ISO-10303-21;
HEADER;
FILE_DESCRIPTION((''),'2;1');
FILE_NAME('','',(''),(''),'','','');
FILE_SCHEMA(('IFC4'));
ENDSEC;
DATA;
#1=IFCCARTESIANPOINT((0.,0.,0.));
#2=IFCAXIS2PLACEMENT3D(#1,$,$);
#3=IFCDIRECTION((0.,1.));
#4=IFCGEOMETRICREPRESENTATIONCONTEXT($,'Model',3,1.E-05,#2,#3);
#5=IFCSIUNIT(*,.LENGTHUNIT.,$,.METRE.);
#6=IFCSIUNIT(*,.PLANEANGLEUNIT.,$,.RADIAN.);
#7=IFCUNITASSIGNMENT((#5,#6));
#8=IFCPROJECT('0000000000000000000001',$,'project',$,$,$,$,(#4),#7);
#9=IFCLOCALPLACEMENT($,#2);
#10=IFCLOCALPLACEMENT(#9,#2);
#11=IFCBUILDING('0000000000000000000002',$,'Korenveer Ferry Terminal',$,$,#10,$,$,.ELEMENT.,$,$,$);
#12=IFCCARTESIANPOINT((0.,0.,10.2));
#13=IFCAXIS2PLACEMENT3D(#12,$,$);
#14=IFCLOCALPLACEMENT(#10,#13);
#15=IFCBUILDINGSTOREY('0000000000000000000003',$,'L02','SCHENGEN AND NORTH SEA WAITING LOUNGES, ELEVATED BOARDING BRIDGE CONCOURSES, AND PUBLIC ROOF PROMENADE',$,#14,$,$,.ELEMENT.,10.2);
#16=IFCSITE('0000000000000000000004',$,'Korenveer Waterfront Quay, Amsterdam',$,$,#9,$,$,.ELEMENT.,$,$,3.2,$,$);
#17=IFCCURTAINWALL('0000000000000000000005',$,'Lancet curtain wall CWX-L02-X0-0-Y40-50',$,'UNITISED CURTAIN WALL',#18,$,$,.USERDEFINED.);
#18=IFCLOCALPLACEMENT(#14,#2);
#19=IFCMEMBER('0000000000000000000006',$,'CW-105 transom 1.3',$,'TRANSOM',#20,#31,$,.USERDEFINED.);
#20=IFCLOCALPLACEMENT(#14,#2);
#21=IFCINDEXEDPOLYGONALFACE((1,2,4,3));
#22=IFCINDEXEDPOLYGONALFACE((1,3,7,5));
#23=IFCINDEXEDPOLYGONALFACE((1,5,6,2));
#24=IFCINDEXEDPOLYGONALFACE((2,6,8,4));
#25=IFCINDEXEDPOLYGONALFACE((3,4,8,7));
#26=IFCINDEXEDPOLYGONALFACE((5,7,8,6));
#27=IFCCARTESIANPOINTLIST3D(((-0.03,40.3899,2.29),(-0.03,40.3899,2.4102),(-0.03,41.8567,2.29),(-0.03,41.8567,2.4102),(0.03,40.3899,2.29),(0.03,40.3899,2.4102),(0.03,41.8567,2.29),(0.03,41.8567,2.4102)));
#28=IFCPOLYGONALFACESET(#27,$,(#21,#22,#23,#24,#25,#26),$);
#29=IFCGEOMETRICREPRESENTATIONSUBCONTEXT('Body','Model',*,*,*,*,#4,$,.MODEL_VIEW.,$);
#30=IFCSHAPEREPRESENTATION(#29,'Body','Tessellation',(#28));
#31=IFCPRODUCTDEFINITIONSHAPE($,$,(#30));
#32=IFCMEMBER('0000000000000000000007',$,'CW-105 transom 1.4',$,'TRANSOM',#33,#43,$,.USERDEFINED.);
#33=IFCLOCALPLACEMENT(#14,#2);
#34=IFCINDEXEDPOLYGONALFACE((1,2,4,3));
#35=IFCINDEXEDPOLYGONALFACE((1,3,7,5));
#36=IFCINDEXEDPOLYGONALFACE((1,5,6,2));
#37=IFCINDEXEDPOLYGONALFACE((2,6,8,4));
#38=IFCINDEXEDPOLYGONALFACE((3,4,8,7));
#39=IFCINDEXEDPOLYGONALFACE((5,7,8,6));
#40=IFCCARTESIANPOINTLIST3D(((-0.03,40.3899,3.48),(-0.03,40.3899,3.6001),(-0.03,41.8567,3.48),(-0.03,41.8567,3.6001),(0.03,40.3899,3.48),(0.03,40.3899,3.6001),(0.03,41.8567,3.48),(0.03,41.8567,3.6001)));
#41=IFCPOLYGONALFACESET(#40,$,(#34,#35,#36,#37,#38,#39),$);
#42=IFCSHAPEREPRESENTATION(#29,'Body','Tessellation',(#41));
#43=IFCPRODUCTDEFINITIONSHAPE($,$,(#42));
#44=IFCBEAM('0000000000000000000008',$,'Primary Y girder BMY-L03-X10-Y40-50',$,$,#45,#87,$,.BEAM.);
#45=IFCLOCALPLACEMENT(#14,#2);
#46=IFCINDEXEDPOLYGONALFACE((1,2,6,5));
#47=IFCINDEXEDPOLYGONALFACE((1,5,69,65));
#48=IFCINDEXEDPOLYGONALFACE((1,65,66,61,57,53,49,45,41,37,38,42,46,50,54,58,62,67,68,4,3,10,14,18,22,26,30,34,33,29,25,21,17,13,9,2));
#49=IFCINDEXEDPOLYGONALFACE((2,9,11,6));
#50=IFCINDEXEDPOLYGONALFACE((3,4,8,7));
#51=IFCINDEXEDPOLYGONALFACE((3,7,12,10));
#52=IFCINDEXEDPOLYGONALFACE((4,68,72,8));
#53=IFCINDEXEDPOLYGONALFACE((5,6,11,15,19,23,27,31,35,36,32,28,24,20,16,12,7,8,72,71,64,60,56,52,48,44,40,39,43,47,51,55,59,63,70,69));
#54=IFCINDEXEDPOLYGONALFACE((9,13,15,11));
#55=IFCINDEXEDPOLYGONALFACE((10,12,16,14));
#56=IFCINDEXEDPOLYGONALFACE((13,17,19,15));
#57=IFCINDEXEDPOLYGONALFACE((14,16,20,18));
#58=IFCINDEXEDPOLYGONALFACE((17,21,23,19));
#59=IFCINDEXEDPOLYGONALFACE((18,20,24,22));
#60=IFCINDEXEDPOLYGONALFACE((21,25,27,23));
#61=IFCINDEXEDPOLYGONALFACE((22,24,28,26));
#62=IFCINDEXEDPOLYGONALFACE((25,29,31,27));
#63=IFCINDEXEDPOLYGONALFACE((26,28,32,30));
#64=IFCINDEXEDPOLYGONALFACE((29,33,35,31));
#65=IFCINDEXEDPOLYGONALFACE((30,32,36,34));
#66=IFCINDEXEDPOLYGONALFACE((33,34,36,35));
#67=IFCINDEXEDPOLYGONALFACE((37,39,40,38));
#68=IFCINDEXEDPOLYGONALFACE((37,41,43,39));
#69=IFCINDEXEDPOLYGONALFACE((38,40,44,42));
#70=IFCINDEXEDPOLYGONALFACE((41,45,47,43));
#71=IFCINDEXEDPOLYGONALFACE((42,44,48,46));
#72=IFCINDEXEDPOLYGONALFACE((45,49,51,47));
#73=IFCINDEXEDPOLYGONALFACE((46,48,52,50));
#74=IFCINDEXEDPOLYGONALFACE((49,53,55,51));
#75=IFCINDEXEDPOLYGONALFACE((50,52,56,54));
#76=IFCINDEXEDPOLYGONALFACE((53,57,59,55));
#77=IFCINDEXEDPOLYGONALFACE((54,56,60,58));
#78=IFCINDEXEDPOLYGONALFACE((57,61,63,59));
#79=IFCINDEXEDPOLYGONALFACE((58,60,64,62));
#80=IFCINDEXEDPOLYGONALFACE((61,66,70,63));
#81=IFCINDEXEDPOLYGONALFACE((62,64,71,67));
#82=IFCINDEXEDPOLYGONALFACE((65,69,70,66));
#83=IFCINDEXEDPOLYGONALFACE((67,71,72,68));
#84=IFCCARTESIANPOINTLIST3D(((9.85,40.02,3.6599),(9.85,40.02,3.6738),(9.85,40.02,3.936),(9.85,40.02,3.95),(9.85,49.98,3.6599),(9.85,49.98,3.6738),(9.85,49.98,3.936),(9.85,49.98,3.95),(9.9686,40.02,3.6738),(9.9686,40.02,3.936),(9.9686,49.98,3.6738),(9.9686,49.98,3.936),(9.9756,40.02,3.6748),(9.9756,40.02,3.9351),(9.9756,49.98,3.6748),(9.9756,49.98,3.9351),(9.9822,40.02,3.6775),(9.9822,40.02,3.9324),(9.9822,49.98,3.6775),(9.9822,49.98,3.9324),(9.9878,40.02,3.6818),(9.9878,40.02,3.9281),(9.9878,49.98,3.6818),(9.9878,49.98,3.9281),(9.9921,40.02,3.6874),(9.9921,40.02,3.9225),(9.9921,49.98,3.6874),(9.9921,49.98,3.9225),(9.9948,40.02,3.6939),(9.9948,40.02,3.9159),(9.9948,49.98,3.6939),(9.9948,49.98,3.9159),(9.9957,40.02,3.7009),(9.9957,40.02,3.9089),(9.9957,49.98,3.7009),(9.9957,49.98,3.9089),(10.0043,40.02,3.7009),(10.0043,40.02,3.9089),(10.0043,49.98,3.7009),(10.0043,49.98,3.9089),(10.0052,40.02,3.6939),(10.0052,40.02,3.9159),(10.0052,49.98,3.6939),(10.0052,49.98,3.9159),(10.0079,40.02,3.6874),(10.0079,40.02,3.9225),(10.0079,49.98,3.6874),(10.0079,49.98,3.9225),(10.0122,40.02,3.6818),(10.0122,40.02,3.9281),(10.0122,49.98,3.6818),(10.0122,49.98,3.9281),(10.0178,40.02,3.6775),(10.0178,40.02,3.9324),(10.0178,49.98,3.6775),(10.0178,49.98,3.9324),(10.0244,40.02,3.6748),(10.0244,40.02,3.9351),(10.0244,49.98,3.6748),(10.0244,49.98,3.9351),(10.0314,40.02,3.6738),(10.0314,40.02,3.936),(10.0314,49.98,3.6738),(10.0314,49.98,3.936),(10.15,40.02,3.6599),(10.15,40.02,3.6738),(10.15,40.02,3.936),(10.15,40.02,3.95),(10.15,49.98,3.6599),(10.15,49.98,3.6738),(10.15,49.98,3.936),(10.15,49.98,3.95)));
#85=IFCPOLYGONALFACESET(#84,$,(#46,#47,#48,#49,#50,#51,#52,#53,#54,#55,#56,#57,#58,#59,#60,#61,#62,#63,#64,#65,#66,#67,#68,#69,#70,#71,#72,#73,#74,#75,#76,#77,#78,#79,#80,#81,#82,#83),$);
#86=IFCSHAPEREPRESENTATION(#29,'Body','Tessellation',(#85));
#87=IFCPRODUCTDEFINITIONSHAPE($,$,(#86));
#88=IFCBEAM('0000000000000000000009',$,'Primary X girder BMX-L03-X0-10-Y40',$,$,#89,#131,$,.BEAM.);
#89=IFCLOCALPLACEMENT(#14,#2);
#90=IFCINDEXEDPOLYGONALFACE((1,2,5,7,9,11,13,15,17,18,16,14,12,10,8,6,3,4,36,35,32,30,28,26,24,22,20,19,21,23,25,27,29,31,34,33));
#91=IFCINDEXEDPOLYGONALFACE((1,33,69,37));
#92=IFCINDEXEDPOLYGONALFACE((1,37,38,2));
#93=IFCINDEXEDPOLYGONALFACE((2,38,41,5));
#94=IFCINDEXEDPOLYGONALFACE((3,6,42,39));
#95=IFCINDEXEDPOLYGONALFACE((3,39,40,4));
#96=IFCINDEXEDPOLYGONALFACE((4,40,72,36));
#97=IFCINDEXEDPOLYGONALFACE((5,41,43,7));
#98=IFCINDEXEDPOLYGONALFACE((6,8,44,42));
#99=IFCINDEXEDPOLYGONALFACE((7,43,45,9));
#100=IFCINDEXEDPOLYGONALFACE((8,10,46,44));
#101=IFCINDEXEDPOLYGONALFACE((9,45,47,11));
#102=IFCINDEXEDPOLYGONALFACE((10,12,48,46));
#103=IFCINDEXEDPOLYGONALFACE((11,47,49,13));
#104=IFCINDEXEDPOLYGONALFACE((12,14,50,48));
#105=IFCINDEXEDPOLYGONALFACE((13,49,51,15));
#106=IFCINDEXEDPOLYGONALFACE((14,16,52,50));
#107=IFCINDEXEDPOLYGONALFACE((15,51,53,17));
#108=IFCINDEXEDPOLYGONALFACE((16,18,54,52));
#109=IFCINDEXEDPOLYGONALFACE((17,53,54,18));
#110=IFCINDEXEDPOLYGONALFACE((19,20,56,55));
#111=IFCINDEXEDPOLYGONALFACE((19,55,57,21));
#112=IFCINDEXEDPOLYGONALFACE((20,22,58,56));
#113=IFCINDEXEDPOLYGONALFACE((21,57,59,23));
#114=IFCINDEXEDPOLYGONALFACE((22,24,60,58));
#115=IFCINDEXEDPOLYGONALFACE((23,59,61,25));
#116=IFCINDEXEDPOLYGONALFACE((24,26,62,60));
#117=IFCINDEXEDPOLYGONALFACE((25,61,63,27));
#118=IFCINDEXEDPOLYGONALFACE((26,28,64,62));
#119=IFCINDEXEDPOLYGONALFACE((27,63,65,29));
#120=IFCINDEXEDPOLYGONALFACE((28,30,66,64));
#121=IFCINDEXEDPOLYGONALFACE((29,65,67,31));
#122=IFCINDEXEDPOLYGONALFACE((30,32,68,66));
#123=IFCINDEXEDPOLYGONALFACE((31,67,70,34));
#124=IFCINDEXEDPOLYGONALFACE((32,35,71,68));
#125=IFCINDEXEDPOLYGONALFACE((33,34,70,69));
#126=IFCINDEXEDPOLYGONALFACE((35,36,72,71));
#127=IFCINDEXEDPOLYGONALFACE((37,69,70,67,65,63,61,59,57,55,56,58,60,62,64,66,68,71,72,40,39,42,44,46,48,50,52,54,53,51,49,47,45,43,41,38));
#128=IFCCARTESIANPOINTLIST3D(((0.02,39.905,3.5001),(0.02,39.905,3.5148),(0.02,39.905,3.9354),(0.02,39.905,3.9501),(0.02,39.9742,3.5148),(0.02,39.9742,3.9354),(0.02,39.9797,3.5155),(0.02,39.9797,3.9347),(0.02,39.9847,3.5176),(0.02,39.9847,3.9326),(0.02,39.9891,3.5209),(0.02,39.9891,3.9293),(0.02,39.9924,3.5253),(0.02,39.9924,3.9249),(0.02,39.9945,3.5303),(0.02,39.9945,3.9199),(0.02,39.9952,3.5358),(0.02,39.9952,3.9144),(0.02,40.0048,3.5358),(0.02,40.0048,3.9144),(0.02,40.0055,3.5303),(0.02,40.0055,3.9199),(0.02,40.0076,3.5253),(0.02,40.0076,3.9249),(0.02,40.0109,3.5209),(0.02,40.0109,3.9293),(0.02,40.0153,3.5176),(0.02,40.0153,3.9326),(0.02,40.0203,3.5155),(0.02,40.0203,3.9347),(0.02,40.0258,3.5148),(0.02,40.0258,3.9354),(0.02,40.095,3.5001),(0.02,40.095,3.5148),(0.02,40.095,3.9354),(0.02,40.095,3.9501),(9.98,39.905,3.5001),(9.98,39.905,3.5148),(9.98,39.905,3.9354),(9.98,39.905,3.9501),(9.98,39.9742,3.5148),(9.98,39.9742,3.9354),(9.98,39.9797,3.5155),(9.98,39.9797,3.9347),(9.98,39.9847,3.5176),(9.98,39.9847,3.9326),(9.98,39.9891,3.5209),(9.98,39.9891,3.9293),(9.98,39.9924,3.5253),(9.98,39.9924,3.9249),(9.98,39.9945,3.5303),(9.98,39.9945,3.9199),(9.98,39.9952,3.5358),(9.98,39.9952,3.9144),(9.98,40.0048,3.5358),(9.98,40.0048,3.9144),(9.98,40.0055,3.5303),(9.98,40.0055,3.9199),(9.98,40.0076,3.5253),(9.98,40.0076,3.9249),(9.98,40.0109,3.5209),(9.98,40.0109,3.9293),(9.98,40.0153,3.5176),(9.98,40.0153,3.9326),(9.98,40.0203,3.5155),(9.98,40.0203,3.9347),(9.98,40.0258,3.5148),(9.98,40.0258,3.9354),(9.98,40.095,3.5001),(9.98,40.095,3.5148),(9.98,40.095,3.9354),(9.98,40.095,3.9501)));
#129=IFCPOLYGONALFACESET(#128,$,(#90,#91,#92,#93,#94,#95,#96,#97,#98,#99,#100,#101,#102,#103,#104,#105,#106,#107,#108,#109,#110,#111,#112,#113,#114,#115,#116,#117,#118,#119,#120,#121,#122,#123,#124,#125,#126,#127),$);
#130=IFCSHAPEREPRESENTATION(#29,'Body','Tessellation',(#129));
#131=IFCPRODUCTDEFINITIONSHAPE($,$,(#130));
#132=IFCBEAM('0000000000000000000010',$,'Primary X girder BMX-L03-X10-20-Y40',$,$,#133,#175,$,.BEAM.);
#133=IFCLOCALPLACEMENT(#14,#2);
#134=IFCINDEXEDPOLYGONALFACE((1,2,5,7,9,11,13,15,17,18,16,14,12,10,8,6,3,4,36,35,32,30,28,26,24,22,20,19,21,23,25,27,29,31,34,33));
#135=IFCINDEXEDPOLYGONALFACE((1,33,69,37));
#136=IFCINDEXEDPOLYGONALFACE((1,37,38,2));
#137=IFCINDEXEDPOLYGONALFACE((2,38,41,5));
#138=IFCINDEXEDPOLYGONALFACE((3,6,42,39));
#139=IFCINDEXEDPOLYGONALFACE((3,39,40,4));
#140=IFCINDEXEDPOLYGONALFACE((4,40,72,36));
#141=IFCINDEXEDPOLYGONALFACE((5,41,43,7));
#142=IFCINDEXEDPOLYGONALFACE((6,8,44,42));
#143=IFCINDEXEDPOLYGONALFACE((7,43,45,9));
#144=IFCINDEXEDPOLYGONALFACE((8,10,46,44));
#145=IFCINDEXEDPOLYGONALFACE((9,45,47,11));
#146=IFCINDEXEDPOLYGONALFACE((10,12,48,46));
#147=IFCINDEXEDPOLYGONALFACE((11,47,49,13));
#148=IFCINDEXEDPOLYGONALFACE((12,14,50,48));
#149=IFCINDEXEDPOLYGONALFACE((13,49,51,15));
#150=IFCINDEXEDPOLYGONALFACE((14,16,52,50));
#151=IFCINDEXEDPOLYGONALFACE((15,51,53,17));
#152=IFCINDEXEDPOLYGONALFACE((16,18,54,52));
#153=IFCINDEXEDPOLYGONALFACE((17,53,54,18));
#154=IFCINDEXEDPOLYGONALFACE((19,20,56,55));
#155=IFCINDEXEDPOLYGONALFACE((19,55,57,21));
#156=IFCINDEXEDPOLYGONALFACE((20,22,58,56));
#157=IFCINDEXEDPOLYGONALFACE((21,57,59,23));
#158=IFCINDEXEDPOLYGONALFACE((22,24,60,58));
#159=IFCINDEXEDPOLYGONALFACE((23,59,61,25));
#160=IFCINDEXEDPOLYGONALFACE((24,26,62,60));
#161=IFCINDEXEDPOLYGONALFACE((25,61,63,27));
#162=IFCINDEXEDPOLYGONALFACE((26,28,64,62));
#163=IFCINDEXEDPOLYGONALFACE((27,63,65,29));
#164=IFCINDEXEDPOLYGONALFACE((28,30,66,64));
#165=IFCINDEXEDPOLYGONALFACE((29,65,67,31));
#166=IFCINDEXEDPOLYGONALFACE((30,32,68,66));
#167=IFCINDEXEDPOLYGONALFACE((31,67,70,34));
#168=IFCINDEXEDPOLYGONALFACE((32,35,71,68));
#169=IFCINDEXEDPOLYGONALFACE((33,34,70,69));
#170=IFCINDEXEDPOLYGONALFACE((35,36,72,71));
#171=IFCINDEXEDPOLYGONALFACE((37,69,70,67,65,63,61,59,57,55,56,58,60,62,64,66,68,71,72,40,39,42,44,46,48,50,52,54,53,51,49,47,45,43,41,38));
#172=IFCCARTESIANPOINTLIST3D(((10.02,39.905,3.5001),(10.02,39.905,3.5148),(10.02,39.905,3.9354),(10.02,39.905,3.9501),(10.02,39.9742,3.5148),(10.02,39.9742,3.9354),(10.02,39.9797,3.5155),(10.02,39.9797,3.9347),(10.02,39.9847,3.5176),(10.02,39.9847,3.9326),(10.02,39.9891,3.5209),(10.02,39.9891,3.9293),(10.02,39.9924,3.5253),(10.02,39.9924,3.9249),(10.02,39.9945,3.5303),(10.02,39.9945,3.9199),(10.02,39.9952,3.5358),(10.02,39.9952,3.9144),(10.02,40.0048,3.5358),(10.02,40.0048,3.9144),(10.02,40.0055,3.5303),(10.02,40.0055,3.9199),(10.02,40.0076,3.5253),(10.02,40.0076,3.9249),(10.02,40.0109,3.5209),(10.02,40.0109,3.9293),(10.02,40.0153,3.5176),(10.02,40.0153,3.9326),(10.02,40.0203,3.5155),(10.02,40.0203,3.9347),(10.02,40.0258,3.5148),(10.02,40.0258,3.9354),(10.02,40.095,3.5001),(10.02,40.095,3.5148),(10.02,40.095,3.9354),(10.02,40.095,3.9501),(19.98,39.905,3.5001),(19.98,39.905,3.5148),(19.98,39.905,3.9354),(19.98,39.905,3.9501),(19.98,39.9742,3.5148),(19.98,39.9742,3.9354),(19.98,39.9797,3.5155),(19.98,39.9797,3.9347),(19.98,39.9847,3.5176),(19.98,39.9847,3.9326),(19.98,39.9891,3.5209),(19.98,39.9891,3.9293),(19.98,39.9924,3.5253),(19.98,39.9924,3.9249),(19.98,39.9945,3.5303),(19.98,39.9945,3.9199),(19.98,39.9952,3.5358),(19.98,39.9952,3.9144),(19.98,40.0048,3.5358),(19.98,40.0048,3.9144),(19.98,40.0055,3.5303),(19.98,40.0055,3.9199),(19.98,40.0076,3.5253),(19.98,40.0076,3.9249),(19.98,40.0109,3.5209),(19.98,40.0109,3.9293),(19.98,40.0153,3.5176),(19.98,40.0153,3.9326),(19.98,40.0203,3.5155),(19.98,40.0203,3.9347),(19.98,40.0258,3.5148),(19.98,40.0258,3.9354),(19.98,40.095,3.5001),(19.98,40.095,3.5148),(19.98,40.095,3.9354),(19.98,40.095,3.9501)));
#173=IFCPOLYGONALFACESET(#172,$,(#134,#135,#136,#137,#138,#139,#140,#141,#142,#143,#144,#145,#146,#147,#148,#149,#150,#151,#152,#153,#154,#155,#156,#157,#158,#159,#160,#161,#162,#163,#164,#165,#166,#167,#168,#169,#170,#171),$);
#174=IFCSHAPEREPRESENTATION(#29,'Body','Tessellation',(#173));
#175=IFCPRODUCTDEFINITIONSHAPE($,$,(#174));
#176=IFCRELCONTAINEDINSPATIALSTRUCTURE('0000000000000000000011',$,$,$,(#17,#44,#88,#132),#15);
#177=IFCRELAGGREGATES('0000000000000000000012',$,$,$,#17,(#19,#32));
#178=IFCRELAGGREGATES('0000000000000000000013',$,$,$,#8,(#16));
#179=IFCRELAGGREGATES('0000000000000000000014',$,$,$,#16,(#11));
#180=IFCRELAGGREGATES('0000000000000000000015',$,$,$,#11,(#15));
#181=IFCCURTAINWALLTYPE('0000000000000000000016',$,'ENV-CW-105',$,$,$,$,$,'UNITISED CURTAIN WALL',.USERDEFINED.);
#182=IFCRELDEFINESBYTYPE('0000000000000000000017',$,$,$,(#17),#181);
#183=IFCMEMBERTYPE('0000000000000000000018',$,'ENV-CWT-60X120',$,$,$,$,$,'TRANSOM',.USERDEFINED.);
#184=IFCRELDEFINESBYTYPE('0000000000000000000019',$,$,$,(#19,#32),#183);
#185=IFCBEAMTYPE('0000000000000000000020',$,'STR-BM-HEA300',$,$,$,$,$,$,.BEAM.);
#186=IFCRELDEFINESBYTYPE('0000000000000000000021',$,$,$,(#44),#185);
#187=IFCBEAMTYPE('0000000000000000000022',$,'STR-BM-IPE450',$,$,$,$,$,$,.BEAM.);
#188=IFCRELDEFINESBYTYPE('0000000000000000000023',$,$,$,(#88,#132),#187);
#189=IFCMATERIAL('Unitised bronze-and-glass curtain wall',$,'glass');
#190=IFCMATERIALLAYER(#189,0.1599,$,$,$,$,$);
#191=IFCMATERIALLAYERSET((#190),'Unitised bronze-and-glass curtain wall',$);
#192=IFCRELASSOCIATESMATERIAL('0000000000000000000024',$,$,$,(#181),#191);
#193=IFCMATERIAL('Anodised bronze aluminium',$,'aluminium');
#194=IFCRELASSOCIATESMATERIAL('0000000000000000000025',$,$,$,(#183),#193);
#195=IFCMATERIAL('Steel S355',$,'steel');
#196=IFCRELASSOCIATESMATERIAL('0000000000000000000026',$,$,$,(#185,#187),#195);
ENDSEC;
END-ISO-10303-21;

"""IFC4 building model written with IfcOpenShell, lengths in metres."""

from ifc_helpers import new_model, si_unit, direction, frame, origin, origin_2d, place, context, subcontext, project, spatial, rectangle, i_section, extrude, material, layer, layer_set, material_profile, profile_set, type_object, element, aggregate, save


model = new_model("IFC4")

# Units and contexts
model_context = context("Model", 3, precision=1e-05, world=origin(), true_north=direction((0.0, 1.0)))
body_context = subcontext(model_context, "Body", "Model", "MODEL_VIEW")
ifc_project = project(units=[si_unit("LENGTHUNIT", "METRE"), si_unit("PLANEANGLEUNIT", "RADIAN")], contexts=[model_context])

# Site, building, storey
site_placement = place(None, origin())
site = spatial("IfcSite", under=ifc_project, at=site_placement, Name="Korenveer Waterfront Quay, Amsterdam", CompositionType="ELEMENT", RefElevation=3.2)
building_placement = place(site_placement, origin())
building = spatial("IfcBuilding", under=site, at=building_placement, Name="Korenveer Ferry Terminal", CompositionType="ELEMENT")
storey_placement = place(building_placement, frame((0.0, 0.0, 10.2)))
storey = spatial("IfcBuildingStorey", under=building, at=storey_placement, Name="L02", Description="SCHENGEN AND NORTH SEA WAITING LOUNGES, ELEVATED BOARDING BRIDGE CONCOURSES, AND PUBLIC ROOF PROMENADE", CompositionType="ELEMENT", Elevation=10.2)

# Shared definitions
ifc_material_1 = material(Name="Unitised bronze-and-glass curtain wall", Category="glass")
ifc_material_2 = material(Name="Anodised bronze aluminium", Category="aluminium")

# Curtain wall
ifc_layer_1 = layer(ifc_material_1, 0.1599)
ifc_layer_set_1 = layer_set([ifc_layer_1], Name="Unitised bronze-and-glass curtain wall")
curtain_wall_type_1 = type_object("IfcCurtainWallType", Name="ENV-CW-105", ElementType="UNITISED CURTAIN WALL", PredefinedType="USERDEFINED", material=ifc_layer_set_1)
curtain_wall_1_placement = place(storey_placement, frame((0.0, 40.3301, 0.0)))
curtain_wall_1 = element("IfcCurtainWall", 1, at=curtain_wall_1_placement, inside=storey, type_object=curtain_wall_type_1, Name="Lancet curtain wall CWX-L02-X0-0-Y40-50", ObjectType="UNITISED CURTAIN WALL", PredefinedType="USERDEFINED")

# Members
ifc_material_profile_1 = material_profile(ifc_material_2, rectangle(XDim=0.0601, YDim=0.1201, at=origin_2d()), Name="ALU 60x120")
ifc_profile_set_1 = profile_set([ifc_material_profile_1], Name="Anodised bronze aluminium")
member_type_1 = type_object("IfcMemberType", Name="ENV-CWT-60X120", ElementType="TRANSOM", PredefinedType="USERDEFINED", material=ifc_profile_set_1)
member_1_placement = place(storey_placement, frame((0.0, 40.3899, 2.3501), z_axis=(0.0, 1.0, 0.0), x_axis=(-1.0, 0.0, 0.0)))
member_1 = element("IfcMember", 2, at=member_1_placement, type_object=member_type_1, Name="CW-105 transom 1.3", ObjectType="TRANSOM", PredefinedType="USERDEFINED", context=body_context, shape_type="SweptSolid", body=[
    extrude(rectangle(XDim=0.0601, YDim=0.1201, at=origin_2d()), origin(), (0.0, 0.0, 1.0), 1.4668),
])
member_2_placement = place(storey_placement, frame((0.0, 40.3899, 3.54), z_axis=(0.0, 1.0, 0.0), x_axis=(-1.0, 0.0, 0.0)))
member_2 = element("IfcMember", 3, at=member_2_placement, type_object=member_type_1, Name="CW-105 transom 1.4", ObjectType="TRANSOM", PredefinedType="USERDEFINED", context=body_context, shape_type="SweptSolid", body=[
    extrude(rectangle(XDim=0.0601, YDim=0.1201, at=origin_2d()), origin(), (0.0, 0.0, 1.0), 1.4668),
])
aggregate(curtain_wall_1, [member_1, member_2])

# Beams
ifc_material_3 = material(Name="Steel S355", Category="steel")
ifc_material_profile_2 = material_profile(ifc_material_3, i_section(OverallWidth=0.3, OverallDepth=0.29, WebThickness=0.0085, FlangeThickness=0.0139, FilletRadius=0.0271, at=origin_2d()), Name="HEA 300")
ifc_profile_set_2 = profile_set([ifc_material_profile_2], Name="Steel S355")
beam_type_1 = type_object("IfcBeamType", Name="STR-BM-HEA300", PredefinedType="BEAM", material=ifc_profile_set_2)
beam_1_placement = place(storey_placement, frame((10.0, 40.02, 3.8049), z_axis=(0.0, 1.0, 0.0), x_axis=(-1.0, 0.0, 0.0)))
element("IfcBeam", 4, at=beam_1_placement, inside=storey, type_object=beam_type_1, Name="Primary Y girder BMY-L03-X10-Y40-50", PredefinedType="BEAM", context=body_context, shape_type="SweptSolid", body=[
    extrude(i_section(OverallWidth=0.3, OverallDepth=0.29, WebThickness=0.0085, FlangeThickness=0.0139, FilletRadius=0.0271, at=origin_2d()), origin(), (0.0, 0.0, 1.0), 9.96),
])
ifc_material_profile_3 = material_profile(ifc_material_3, i_section(OverallWidth=0.1899, OverallDepth=0.45, WebThickness=0.0095, FlangeThickness=0.0146, FilletRadius=0.021, at=origin_2d()), Name="IPE 450")
ifc_profile_set_3 = profile_set([ifc_material_profile_3], Name="Steel S355")
beam_type_2 = type_object("IfcBeamType", Name="STR-BM-IPE450", PredefinedType="BEAM", material=ifc_profile_set_3)
for number, where, z_axis, x_axis, name in (
    (5, (0.02, 40.0, 3.7251), (1.0, 0.0, 0.0), (0.0, 1.0, 0.0), "Primary X girder BMX-L03-X0-10-Y40"),
    (6, (10.02, 40.0, 3.7251), (1.0, 0.0, 0.0), (0.0, 1.0, 0.0), "Primary X girder BMX-L03-X10-20-Y40"),
):
    element("IfcBeam", number, at=place(storey_placement, frame(where, z_axis=z_axis, x_axis=x_axis)), inside=storey, type_object=beam_type_2, Name=name, PredefinedType="BEAM", context=body_context, shape_type="SweptSolid", body=[
        extrude(i_section(OverallWidth=0.1899, OverallDepth=0.45, WebThickness=0.0095, FlangeThickness=0.0146, FilletRadius=0.021, at=origin_2d()), origin(), (0.0, 0.0, 1.0), 9.96),
    ])

save(model, "model.ifc")
